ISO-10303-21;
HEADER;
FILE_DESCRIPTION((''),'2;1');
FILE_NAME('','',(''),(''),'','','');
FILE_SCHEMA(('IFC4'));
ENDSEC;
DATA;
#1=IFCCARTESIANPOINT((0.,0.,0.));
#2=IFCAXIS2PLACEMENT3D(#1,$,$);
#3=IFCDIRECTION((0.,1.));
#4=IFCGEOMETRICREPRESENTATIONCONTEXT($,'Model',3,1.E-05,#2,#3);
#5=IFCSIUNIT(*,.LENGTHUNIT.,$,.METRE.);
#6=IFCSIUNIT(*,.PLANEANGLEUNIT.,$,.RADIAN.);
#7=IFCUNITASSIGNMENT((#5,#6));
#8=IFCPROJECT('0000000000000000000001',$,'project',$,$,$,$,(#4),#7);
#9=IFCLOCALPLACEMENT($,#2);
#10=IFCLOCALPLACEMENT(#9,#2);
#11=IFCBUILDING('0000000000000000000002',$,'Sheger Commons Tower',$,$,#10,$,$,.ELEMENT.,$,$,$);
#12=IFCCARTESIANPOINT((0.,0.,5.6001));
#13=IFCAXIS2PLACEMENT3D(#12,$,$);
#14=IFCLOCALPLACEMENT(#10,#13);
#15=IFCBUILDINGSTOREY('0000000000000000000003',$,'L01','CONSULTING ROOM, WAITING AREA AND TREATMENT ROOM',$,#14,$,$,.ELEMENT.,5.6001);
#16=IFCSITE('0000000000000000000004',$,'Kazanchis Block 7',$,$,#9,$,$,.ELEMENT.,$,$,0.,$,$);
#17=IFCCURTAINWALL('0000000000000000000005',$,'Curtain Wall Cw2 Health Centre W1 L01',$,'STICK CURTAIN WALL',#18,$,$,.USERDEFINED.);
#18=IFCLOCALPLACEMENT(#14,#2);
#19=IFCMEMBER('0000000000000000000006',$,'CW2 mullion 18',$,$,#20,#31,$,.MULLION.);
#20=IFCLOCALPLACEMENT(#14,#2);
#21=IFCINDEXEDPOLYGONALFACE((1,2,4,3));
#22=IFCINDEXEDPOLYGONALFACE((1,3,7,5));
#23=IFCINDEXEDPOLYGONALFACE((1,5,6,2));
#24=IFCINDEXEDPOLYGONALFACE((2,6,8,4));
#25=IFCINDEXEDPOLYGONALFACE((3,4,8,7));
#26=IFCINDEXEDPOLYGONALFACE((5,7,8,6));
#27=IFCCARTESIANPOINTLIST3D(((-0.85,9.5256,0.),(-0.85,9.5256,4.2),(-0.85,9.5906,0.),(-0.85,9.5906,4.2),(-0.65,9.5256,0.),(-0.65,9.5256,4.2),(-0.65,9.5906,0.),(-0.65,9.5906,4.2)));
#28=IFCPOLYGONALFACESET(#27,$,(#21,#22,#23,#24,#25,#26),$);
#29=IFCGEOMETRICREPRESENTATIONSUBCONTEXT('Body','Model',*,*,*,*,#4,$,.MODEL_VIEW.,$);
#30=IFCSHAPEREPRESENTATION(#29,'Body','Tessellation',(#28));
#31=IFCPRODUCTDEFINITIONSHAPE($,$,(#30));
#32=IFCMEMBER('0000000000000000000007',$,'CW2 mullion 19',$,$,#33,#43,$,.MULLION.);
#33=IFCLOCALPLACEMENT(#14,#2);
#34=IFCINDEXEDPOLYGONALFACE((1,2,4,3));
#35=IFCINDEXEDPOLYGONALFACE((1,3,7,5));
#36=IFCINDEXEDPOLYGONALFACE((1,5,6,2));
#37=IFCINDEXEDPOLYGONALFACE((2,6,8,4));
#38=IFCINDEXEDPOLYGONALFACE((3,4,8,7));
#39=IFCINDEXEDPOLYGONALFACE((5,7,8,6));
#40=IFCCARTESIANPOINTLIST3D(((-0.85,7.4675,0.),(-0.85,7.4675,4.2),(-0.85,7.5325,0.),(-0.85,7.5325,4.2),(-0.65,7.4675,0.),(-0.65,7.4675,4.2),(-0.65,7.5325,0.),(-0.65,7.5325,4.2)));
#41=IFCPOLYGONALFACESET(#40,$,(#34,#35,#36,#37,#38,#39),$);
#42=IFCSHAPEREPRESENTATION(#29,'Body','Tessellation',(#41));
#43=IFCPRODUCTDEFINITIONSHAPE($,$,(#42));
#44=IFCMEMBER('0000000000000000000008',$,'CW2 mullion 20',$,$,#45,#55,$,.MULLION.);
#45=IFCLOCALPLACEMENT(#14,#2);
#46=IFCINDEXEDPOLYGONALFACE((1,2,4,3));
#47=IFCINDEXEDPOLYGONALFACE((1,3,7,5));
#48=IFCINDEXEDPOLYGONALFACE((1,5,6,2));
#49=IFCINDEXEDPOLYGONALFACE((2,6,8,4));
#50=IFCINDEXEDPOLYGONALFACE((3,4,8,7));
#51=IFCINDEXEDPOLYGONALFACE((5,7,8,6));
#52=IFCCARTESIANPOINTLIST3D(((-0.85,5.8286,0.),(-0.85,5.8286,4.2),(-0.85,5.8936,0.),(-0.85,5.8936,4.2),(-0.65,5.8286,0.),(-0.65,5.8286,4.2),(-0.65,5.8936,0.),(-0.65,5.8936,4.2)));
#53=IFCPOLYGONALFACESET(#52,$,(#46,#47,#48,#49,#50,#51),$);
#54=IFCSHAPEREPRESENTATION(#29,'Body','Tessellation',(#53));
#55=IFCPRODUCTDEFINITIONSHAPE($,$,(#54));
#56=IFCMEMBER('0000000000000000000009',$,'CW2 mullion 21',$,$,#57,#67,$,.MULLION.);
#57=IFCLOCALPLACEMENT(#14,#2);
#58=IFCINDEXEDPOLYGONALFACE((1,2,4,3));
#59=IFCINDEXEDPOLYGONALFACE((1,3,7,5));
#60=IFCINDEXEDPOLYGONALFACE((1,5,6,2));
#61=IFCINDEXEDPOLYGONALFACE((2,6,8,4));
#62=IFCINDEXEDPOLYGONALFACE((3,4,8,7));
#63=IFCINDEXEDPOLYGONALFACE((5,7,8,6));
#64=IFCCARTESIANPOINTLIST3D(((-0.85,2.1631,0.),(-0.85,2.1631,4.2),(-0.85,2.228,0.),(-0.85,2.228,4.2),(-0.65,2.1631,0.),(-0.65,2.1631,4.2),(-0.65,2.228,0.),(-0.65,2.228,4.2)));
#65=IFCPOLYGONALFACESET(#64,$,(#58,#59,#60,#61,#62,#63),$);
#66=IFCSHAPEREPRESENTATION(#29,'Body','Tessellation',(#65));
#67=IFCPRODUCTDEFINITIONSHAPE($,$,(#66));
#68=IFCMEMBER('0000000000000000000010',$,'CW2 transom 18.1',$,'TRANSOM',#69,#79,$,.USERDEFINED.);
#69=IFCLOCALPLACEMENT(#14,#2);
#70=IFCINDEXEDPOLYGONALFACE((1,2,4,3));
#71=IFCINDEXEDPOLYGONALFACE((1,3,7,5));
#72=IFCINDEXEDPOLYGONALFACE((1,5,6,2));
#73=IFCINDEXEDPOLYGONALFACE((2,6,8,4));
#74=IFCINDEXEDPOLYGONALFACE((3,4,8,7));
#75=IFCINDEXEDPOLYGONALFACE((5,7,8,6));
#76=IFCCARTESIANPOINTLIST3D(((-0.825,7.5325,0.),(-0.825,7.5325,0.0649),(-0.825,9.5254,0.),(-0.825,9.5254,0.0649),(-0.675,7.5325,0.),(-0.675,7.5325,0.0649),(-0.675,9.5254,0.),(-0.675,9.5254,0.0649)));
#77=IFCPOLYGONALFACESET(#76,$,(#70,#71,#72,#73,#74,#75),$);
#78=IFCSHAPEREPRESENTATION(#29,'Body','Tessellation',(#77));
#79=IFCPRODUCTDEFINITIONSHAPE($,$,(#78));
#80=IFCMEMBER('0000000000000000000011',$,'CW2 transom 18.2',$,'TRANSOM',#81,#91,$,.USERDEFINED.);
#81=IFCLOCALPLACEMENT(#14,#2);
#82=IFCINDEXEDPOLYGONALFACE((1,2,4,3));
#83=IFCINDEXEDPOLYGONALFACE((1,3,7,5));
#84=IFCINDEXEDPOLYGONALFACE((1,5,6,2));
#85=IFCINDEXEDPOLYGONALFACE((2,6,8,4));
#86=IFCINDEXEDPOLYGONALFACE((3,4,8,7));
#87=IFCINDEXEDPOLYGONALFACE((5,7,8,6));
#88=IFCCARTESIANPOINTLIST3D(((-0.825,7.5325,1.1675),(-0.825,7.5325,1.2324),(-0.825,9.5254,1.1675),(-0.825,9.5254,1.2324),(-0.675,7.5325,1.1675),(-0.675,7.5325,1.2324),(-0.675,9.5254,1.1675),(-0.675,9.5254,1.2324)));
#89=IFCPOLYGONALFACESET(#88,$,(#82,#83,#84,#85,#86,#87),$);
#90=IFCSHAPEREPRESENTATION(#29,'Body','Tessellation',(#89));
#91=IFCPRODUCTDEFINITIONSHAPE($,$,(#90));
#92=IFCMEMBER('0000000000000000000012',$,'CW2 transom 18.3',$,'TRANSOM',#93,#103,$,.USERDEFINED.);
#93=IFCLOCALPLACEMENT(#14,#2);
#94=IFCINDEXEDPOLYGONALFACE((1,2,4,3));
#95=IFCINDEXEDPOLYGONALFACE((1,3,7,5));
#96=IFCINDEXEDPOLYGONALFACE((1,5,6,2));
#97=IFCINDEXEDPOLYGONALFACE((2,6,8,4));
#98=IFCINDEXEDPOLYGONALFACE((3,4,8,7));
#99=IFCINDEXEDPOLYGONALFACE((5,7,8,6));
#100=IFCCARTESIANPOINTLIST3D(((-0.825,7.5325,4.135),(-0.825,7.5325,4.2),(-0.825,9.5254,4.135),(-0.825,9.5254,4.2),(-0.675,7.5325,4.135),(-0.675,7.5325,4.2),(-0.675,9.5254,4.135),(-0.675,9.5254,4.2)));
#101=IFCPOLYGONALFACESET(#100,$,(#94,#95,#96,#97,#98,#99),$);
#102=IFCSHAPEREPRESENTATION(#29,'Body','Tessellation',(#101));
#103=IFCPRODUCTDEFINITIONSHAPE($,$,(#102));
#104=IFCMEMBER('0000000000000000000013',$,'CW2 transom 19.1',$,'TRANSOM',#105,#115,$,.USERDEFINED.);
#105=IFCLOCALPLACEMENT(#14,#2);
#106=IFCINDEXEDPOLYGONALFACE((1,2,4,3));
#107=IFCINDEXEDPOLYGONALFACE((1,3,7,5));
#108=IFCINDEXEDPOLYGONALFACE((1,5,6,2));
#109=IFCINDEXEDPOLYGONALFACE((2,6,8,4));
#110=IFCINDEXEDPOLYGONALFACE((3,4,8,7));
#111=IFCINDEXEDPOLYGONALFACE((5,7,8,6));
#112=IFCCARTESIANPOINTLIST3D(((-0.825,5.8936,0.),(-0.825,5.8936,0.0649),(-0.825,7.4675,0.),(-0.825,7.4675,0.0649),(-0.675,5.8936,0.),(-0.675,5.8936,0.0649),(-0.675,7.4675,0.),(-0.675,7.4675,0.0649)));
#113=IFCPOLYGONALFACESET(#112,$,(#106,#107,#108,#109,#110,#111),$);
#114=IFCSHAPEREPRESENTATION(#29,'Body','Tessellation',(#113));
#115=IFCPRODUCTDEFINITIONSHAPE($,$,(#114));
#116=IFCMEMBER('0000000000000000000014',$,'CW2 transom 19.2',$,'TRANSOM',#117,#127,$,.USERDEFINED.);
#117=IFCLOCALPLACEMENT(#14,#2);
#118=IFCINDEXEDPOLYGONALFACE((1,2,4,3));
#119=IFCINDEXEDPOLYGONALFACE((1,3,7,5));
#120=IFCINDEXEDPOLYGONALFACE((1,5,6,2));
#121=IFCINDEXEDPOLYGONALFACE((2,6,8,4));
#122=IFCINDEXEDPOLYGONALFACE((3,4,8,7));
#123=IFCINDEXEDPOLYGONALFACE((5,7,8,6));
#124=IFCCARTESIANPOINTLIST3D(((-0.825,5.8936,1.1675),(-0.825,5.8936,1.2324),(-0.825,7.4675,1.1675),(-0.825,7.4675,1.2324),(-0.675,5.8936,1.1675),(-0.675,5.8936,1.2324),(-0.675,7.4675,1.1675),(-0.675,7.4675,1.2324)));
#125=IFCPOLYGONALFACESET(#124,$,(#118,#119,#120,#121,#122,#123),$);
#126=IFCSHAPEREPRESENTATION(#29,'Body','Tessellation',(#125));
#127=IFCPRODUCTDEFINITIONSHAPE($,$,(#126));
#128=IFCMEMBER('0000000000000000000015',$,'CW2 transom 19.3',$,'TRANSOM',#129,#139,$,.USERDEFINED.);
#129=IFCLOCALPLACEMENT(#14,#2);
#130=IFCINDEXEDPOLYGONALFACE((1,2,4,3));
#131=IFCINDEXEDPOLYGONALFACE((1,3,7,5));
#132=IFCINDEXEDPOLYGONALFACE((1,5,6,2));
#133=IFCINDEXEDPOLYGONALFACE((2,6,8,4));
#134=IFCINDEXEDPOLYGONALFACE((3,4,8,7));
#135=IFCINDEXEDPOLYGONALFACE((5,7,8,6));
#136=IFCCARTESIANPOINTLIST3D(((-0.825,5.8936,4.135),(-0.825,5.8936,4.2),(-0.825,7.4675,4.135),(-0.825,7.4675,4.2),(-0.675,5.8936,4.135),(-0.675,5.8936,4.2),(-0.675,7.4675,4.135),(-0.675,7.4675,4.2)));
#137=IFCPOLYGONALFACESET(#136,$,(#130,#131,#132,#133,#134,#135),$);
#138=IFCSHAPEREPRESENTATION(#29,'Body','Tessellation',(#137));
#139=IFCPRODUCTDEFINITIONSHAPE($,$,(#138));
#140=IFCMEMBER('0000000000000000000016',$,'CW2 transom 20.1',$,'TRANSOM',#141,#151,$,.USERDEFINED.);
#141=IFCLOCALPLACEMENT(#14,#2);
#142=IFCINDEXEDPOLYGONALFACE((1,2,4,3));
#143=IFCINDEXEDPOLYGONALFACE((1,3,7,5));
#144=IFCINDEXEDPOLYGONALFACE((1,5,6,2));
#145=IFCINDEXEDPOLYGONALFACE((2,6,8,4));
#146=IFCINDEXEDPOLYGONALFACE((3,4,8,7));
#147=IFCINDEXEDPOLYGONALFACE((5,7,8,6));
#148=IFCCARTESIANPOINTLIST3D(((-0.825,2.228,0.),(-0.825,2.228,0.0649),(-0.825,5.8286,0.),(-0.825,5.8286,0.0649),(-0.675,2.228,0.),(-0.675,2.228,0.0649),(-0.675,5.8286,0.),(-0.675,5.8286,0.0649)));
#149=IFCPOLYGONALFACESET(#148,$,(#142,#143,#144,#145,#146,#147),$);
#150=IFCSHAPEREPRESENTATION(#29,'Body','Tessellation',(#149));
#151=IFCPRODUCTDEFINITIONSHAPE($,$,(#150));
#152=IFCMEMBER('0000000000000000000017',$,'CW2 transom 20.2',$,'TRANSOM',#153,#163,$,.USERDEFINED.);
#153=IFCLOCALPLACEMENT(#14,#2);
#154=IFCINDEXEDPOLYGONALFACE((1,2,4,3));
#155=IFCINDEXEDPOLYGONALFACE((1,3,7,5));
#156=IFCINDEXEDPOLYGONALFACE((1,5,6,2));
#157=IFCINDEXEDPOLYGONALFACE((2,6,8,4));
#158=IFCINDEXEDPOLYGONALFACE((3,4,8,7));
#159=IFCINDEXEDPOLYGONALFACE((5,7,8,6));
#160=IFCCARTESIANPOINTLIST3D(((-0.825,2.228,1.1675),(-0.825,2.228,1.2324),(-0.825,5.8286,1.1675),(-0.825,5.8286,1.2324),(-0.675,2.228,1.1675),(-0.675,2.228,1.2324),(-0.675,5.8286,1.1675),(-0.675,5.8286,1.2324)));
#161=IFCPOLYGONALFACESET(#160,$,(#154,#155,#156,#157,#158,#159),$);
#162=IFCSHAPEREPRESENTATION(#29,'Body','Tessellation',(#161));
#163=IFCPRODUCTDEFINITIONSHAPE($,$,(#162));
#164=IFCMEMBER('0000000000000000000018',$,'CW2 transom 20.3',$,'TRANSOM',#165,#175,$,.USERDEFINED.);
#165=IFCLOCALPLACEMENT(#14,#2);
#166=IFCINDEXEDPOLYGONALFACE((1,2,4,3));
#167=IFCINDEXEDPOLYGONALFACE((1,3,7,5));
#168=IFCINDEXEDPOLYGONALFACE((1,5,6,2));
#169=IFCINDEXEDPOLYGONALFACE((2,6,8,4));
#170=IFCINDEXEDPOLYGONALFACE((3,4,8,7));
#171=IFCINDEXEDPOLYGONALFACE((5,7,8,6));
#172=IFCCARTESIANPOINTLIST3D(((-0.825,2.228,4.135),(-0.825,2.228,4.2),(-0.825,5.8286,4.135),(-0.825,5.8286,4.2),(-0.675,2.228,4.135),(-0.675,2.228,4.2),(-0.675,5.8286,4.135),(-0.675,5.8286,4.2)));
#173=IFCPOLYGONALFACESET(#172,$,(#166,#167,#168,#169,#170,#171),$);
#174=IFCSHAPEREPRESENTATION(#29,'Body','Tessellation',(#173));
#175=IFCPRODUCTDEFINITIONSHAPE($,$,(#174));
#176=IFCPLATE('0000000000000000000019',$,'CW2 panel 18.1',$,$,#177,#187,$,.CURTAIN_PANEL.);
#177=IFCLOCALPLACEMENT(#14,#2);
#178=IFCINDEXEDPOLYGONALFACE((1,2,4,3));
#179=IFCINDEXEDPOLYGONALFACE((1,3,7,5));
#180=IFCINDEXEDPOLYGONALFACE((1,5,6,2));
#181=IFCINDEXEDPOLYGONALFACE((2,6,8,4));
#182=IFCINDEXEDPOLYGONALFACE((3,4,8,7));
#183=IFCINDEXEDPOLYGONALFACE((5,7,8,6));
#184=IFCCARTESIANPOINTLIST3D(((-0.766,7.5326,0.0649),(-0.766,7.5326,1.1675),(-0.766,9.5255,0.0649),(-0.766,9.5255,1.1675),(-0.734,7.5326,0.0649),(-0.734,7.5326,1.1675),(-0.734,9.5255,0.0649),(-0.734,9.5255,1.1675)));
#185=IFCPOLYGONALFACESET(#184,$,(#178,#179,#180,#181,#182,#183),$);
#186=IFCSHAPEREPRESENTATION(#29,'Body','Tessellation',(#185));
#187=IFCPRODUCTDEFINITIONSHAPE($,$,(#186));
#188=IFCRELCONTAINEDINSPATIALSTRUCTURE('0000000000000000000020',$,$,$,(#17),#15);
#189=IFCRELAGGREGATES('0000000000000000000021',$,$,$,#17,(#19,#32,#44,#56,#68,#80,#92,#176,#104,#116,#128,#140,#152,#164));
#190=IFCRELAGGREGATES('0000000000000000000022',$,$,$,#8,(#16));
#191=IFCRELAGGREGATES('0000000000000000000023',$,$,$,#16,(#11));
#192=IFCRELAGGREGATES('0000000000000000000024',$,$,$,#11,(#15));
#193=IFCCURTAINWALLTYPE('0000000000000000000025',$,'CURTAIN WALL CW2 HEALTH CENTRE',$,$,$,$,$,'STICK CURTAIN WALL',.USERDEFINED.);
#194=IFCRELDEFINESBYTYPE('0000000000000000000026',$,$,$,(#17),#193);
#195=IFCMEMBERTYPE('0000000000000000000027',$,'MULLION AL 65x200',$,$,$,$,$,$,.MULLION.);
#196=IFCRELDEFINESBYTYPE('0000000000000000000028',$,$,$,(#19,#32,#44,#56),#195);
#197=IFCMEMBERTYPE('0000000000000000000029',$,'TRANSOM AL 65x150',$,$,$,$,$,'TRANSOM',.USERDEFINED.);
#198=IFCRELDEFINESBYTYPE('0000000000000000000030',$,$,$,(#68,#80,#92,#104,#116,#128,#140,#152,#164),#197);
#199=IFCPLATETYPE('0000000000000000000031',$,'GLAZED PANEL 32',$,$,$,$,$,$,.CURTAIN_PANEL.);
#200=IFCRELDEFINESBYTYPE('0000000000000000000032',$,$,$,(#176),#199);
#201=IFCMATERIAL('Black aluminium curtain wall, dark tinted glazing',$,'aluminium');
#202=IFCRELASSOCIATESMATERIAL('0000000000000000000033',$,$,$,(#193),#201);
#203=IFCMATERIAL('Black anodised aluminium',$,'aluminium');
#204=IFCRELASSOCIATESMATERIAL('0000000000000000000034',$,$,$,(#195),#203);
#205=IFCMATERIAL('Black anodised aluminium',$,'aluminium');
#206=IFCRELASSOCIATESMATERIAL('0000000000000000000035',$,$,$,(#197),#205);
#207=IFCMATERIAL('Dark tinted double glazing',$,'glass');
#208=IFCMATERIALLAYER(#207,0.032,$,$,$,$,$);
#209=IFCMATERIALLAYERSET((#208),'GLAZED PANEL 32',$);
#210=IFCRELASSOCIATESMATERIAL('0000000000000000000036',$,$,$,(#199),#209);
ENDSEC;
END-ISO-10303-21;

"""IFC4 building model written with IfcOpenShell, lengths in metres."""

from ifc_helpers import new_model, si_unit, direction, frame, origin, origin_2d, place, context, subcontext, project, spatial, rectangle, extrude, material, layer, layer_set, material_profile, profile_set, type_object, element, aggregate, save


model = new_model("IFC4")

# Units and contexts
model_context = context("Model", 3, precision=1e-05, world=origin(), true_north=direction((0.0, 1.0)))
body_context = subcontext(model_context, "Body", "Model", "MODEL_VIEW")
ifc_project = project(units=[si_unit("LENGTHUNIT", "METRE"), si_unit("PLANEANGLEUNIT", "RADIAN")], contexts=[model_context])

# Site, building, storey
site_placement = place(None, origin())
site = spatial("IfcSite", under=ifc_project, at=site_placement, Name="Kazanchis Block 7", CompositionType="ELEMENT", RefElevation=0.0)
building_placement = place(site_placement, origin())
building = spatial("IfcBuilding", under=site, at=building_placement, Name="Sheger Commons Tower", CompositionType="ELEMENT")
storey_placement = place(building_placement, frame((0.0, 0.0, 5.6001)))
storey = spatial("IfcBuildingStorey", under=building, at=storey_placement, Name="L01", Description="CONSULTING ROOM, WAITING AREA AND TREATMENT ROOM", CompositionType="ELEMENT", Elevation=5.6001)

# Curtain wall, members, plate
ifc_material_1 = material(Name="Black aluminium curtain wall, dark tinted glazing", Category="aluminium")
curtain_wall_type = type_object("IfcCurtainWallType", Name="CURTAIN WALL CW2 HEALTH CENTRE", ElementType="STICK CURTAIN WALL", PredefinedType="USERDEFINED", material=ifc_material_1)
curtain_wall_placement = place(storey_placement, origin())
curtain_wall = element("IfcCurtainWall", 1, at=curtain_wall_placement, inside=storey, type_object=curtain_wall_type, Name="Curtain Wall Cw2 Health Centre W1 L01", ObjectType="STICK CURTAIN WALL", PredefinedType="USERDEFINED")
ifc_material_2 = material(Name="Black anodised aluminium", Category="aluminium")
ifc_material_profile_1 = material_profile(ifc_material_2, rectangle(XDim=0.2, YDim=0.0649, at=origin_2d()), Name="AL 65x200")
ifc_profile_set_1 = profile_set([ifc_material_profile_1], Name="Black anodised aluminium")
member_type_1 = type_object("IfcMemberType", Name="MULLION AL 65x200", PredefinedType="MULLION", material=ifc_profile_set_1)
member_1_placement = place(storey_placement, frame((-0.75, 9.5581, 0.0), z_axis=(0.0, 0.0, 1.0), x_axis=(1.0, 0.0, 0.0)))
member_1 = element("IfcMember", 2, at=member_1_placement, type_object=member_type_1, Name="CW2 mullion 18", PredefinedType="MULLION", context=body_context, shape_type="SweptSolid", body=[
    extrude(rectangle(XDim=0.2, YDim=0.0649, at=origin_2d()), origin(), (0.0, 0.0, 1.0), 4.2),
])
member_2_placement = place(storey_placement, frame((-0.75, 7.5, 0.0), z_axis=(0.0, 0.0, 1.0), x_axis=(1.0, 0.0, 0.0)))
member_2 = element("IfcMember", 3, at=member_2_placement, type_object=member_type_1, Name="CW2 mullion 19", PredefinedType="MULLION", context=body_context, shape_type="SweptSolid", body=[
    extrude(rectangle(XDim=0.2, YDim=0.0649, at=origin_2d()), origin(), (0.0, 0.0, 1.0), 4.2),
])
member_3_placement = place(storey_placement, frame((-0.75, 5.8611, 0.0), z_axis=(0.0, 0.0, 1.0), x_axis=(1.0, 0.0, 0.0)))
member_3 = element("IfcMember", 4, at=member_3_placement, type_object=member_type_1, Name="CW2 mullion 20", PredefinedType="MULLION", context=body_context, shape_type="SweptSolid", body=[
    extrude(rectangle(XDim=0.2, YDim=0.0649, at=origin_2d()), origin(), (0.0, 0.0, 1.0), 4.2),
])
member_4_placement = place(storey_placement, frame((-0.75, 2.1956, 0.0), z_axis=(0.0, 0.0, 1.0), x_axis=(1.0, 0.0, 0.0)))
member_4 = element("IfcMember", 5, at=member_4_placement, type_object=member_type_1, Name="CW2 mullion 21", PredefinedType="MULLION", context=body_context, shape_type="SweptSolid", body=[
    extrude(rectangle(XDim=0.2, YDim=0.0649, at=origin_2d()), origin(), (0.0, 0.0, 1.0), 4.2),
])
ifc_material_3 = material(Name="Black anodised aluminium", Category="aluminium")
ifc_material_profile_2 = material_profile(ifc_material_3, rectangle(XDim=0.1499, YDim=0.0649, at=origin_2d()), Name="AL 65x150")
ifc_profile_set_2 = profile_set([ifc_material_profile_2], Name="Black anodised aluminium")
member_type_2 = type_object("IfcMemberType", Name="TRANSOM AL 65x150", ElementType="TRANSOM", PredefinedType="USERDEFINED", material=ifc_profile_set_2)
member_5_placement = place(storey_placement, frame((-0.75, 9.5254, 0.0325), z_axis=(0.0, -1.0, 0.0), x_axis=(1.0, 0.0, 0.0)))
member_5 = element("IfcMember", 6, at=member_5_placement, type_object=member_type_2, Name="CW2 transom 18.1", ObjectType="TRANSOM", PredefinedType="USERDEFINED", context=body_context, shape_type="SweptSolid", body=[
    extrude(rectangle(XDim=0.1499, YDim=0.0649, at=origin_2d()), origin(), (0.0, 0.0, 1.0), 1.9929),
])
member_6_placement = place(storey_placement, frame((-0.75, 9.5254, 1.2), z_axis=(0.0, -1.0, 0.0), x_axis=(1.0, 0.0, 0.0)))
member_6 = element("IfcMember", 7, at=member_6_placement, type_object=member_type_2, Name="CW2 transom 18.2", ObjectType="TRANSOM", PredefinedType="USERDEFINED", context=body_context, shape_type="SweptSolid", body=[
    extrude(rectangle(XDim=0.1499, YDim=0.0649, at=origin_2d()), origin(), (0.0, 0.0, 1.0), 1.9929),
])
member_7_placement = place(storey_placement, frame((-0.75, 9.5254, 4.1675), z_axis=(0.0, -1.0, 0.0), x_axis=(1.0, 0.0, 0.0)))
member_7 = element("IfcMember", 8, at=member_7_placement, type_object=member_type_2, Name="CW2 transom 18.3", ObjectType="TRANSOM", PredefinedType="USERDEFINED", context=body_context, shape_type="SweptSolid", body=[
    extrude(rectangle(XDim=0.1499, YDim=0.0649, at=origin_2d()), origin(), (0.0, 0.0, 1.0), 1.9929),
])
member_8_placement = place(storey_placement, frame((-0.75, 7.4675, 0.0325), z_axis=(0.0, -1.0, 0.0), x_axis=(1.0, 0.0, 0.0)))
member_8 = element("IfcMember", 9, at=member_8_placement, type_object=member_type_2, Name="CW2 transom 19.1", ObjectType="TRANSOM", PredefinedType="USERDEFINED", context=body_context, shape_type="SweptSolid", body=[
    extrude(rectangle(XDim=0.1499, YDim=0.0649, at=origin_2d()), origin(), (0.0, 0.0, 1.0), 1.574),
])
member_9_placement = place(storey_placement, frame((-0.75, 7.4675, 1.2), z_axis=(0.0, -1.0, 0.0), x_axis=(1.0, 0.0, 0.0)))
member_9 = element("IfcMember", 10, at=member_9_placement, type_object=member_type_2, Name="CW2 transom 19.2", ObjectType="TRANSOM", PredefinedType="USERDEFINED", context=body_context, shape_type="SweptSolid", body=[
    extrude(rectangle(XDim=0.1499, YDim=0.0649, at=origin_2d()), origin(), (0.0, 0.0, 1.0), 1.574),
])
member_10_placement = place(storey_placement, frame((-0.75, 7.4675, 4.1675), z_axis=(0.0, -1.0, 0.0), x_axis=(1.0, 0.0, 0.0)))
member_10 = element("IfcMember", 11, at=member_10_placement, type_object=member_type_2, Name="CW2 transom 19.3", ObjectType="TRANSOM", PredefinedType="USERDEFINED", context=body_context, shape_type="SweptSolid", body=[
    extrude(rectangle(XDim=0.1499, YDim=0.0649, at=origin_2d()), origin(), (0.0, 0.0, 1.0), 1.574),
])
member_11_placement = place(storey_placement, frame((-0.75, 5.8286, 0.0325), z_axis=(0.0, -1.0, 0.0), x_axis=(1.0, 0.0, 0.0)))
member_11 = element("IfcMember", 12, at=member_11_placement, type_object=member_type_2, Name="CW2 transom 20.1", ObjectType="TRANSOM", PredefinedType="USERDEFINED", context=body_context, shape_type="SweptSolid", body=[
    extrude(rectangle(XDim=0.1499, YDim=0.0649, at=origin_2d()), origin(), (0.0, 0.0, 1.0), 3.6006),
])
member_12_placement = place(storey_placement, frame((-0.75, 5.8286, 1.2), z_axis=(0.0, -1.0, 0.0), x_axis=(1.0, 0.0, 0.0)))
member_12 = element("IfcMember", 13, at=member_12_placement, type_object=member_type_2, Name="CW2 transom 20.2", ObjectType="TRANSOM", PredefinedType="USERDEFINED", context=body_context, shape_type="SweptSolid", body=[
    extrude(rectangle(XDim=0.1499, YDim=0.0649, at=origin_2d()), origin(), (0.0, 0.0, 1.0), 3.6006),
])
member_13_placement = place(storey_placement, frame((-0.75, 5.8286, 4.1675), z_axis=(0.0, -1.0, 0.0), x_axis=(1.0, 0.0, 0.0)))
member_13 = element("IfcMember", 14, at=member_13_placement, type_object=member_type_2, Name="CW2 transom 20.3", ObjectType="TRANSOM", PredefinedType="USERDEFINED", context=body_context, shape_type="SweptSolid", body=[
    extrude(rectangle(XDim=0.1499, YDim=0.0649, at=origin_2d()), origin(), (0.0, 0.0, 1.0), 3.6006),
])
ifc_material_4 = material(Name="Dark tinted double glazing", Category="glass")
ifc_layer_1 = layer(ifc_material_4, 0.032)
ifc_layer_set_1 = layer_set([ifc_layer_1], Name="GLAZED PANEL 32")
plate_type = type_object("IfcPlateType", Name="GLAZED PANEL 32", PredefinedType="CURTAIN_PANEL", material=ifc_layer_set_1)
plate_1_placement = place(storey_placement, frame((-0.75, 8.5291, 0.0649), z_axis=(0.0, 0.0, 1.0), x_axis=(0.0, -1.0, 0.0)))
plate_1 = element("IfcPlate", 15, at=plate_1_placement, type_object=plate_type, Name="CW2 panel 18.1", PredefinedType="CURTAIN_PANEL", context=body_context, shape_type="SweptSolid", body=[
    extrude(rectangle(XDim=1.9929, YDim=0.032, at=origin_2d()), origin(), (0.0, 0.0, 1.0), 1.1025),
])
aggregate(curtain_wall, [member_1, member_2, member_3, member_4, member_5, member_6, member_7, plate_1, member_8, member_9, member_10, member_11, member_12, member_13])

save(model, "model.ifc")
